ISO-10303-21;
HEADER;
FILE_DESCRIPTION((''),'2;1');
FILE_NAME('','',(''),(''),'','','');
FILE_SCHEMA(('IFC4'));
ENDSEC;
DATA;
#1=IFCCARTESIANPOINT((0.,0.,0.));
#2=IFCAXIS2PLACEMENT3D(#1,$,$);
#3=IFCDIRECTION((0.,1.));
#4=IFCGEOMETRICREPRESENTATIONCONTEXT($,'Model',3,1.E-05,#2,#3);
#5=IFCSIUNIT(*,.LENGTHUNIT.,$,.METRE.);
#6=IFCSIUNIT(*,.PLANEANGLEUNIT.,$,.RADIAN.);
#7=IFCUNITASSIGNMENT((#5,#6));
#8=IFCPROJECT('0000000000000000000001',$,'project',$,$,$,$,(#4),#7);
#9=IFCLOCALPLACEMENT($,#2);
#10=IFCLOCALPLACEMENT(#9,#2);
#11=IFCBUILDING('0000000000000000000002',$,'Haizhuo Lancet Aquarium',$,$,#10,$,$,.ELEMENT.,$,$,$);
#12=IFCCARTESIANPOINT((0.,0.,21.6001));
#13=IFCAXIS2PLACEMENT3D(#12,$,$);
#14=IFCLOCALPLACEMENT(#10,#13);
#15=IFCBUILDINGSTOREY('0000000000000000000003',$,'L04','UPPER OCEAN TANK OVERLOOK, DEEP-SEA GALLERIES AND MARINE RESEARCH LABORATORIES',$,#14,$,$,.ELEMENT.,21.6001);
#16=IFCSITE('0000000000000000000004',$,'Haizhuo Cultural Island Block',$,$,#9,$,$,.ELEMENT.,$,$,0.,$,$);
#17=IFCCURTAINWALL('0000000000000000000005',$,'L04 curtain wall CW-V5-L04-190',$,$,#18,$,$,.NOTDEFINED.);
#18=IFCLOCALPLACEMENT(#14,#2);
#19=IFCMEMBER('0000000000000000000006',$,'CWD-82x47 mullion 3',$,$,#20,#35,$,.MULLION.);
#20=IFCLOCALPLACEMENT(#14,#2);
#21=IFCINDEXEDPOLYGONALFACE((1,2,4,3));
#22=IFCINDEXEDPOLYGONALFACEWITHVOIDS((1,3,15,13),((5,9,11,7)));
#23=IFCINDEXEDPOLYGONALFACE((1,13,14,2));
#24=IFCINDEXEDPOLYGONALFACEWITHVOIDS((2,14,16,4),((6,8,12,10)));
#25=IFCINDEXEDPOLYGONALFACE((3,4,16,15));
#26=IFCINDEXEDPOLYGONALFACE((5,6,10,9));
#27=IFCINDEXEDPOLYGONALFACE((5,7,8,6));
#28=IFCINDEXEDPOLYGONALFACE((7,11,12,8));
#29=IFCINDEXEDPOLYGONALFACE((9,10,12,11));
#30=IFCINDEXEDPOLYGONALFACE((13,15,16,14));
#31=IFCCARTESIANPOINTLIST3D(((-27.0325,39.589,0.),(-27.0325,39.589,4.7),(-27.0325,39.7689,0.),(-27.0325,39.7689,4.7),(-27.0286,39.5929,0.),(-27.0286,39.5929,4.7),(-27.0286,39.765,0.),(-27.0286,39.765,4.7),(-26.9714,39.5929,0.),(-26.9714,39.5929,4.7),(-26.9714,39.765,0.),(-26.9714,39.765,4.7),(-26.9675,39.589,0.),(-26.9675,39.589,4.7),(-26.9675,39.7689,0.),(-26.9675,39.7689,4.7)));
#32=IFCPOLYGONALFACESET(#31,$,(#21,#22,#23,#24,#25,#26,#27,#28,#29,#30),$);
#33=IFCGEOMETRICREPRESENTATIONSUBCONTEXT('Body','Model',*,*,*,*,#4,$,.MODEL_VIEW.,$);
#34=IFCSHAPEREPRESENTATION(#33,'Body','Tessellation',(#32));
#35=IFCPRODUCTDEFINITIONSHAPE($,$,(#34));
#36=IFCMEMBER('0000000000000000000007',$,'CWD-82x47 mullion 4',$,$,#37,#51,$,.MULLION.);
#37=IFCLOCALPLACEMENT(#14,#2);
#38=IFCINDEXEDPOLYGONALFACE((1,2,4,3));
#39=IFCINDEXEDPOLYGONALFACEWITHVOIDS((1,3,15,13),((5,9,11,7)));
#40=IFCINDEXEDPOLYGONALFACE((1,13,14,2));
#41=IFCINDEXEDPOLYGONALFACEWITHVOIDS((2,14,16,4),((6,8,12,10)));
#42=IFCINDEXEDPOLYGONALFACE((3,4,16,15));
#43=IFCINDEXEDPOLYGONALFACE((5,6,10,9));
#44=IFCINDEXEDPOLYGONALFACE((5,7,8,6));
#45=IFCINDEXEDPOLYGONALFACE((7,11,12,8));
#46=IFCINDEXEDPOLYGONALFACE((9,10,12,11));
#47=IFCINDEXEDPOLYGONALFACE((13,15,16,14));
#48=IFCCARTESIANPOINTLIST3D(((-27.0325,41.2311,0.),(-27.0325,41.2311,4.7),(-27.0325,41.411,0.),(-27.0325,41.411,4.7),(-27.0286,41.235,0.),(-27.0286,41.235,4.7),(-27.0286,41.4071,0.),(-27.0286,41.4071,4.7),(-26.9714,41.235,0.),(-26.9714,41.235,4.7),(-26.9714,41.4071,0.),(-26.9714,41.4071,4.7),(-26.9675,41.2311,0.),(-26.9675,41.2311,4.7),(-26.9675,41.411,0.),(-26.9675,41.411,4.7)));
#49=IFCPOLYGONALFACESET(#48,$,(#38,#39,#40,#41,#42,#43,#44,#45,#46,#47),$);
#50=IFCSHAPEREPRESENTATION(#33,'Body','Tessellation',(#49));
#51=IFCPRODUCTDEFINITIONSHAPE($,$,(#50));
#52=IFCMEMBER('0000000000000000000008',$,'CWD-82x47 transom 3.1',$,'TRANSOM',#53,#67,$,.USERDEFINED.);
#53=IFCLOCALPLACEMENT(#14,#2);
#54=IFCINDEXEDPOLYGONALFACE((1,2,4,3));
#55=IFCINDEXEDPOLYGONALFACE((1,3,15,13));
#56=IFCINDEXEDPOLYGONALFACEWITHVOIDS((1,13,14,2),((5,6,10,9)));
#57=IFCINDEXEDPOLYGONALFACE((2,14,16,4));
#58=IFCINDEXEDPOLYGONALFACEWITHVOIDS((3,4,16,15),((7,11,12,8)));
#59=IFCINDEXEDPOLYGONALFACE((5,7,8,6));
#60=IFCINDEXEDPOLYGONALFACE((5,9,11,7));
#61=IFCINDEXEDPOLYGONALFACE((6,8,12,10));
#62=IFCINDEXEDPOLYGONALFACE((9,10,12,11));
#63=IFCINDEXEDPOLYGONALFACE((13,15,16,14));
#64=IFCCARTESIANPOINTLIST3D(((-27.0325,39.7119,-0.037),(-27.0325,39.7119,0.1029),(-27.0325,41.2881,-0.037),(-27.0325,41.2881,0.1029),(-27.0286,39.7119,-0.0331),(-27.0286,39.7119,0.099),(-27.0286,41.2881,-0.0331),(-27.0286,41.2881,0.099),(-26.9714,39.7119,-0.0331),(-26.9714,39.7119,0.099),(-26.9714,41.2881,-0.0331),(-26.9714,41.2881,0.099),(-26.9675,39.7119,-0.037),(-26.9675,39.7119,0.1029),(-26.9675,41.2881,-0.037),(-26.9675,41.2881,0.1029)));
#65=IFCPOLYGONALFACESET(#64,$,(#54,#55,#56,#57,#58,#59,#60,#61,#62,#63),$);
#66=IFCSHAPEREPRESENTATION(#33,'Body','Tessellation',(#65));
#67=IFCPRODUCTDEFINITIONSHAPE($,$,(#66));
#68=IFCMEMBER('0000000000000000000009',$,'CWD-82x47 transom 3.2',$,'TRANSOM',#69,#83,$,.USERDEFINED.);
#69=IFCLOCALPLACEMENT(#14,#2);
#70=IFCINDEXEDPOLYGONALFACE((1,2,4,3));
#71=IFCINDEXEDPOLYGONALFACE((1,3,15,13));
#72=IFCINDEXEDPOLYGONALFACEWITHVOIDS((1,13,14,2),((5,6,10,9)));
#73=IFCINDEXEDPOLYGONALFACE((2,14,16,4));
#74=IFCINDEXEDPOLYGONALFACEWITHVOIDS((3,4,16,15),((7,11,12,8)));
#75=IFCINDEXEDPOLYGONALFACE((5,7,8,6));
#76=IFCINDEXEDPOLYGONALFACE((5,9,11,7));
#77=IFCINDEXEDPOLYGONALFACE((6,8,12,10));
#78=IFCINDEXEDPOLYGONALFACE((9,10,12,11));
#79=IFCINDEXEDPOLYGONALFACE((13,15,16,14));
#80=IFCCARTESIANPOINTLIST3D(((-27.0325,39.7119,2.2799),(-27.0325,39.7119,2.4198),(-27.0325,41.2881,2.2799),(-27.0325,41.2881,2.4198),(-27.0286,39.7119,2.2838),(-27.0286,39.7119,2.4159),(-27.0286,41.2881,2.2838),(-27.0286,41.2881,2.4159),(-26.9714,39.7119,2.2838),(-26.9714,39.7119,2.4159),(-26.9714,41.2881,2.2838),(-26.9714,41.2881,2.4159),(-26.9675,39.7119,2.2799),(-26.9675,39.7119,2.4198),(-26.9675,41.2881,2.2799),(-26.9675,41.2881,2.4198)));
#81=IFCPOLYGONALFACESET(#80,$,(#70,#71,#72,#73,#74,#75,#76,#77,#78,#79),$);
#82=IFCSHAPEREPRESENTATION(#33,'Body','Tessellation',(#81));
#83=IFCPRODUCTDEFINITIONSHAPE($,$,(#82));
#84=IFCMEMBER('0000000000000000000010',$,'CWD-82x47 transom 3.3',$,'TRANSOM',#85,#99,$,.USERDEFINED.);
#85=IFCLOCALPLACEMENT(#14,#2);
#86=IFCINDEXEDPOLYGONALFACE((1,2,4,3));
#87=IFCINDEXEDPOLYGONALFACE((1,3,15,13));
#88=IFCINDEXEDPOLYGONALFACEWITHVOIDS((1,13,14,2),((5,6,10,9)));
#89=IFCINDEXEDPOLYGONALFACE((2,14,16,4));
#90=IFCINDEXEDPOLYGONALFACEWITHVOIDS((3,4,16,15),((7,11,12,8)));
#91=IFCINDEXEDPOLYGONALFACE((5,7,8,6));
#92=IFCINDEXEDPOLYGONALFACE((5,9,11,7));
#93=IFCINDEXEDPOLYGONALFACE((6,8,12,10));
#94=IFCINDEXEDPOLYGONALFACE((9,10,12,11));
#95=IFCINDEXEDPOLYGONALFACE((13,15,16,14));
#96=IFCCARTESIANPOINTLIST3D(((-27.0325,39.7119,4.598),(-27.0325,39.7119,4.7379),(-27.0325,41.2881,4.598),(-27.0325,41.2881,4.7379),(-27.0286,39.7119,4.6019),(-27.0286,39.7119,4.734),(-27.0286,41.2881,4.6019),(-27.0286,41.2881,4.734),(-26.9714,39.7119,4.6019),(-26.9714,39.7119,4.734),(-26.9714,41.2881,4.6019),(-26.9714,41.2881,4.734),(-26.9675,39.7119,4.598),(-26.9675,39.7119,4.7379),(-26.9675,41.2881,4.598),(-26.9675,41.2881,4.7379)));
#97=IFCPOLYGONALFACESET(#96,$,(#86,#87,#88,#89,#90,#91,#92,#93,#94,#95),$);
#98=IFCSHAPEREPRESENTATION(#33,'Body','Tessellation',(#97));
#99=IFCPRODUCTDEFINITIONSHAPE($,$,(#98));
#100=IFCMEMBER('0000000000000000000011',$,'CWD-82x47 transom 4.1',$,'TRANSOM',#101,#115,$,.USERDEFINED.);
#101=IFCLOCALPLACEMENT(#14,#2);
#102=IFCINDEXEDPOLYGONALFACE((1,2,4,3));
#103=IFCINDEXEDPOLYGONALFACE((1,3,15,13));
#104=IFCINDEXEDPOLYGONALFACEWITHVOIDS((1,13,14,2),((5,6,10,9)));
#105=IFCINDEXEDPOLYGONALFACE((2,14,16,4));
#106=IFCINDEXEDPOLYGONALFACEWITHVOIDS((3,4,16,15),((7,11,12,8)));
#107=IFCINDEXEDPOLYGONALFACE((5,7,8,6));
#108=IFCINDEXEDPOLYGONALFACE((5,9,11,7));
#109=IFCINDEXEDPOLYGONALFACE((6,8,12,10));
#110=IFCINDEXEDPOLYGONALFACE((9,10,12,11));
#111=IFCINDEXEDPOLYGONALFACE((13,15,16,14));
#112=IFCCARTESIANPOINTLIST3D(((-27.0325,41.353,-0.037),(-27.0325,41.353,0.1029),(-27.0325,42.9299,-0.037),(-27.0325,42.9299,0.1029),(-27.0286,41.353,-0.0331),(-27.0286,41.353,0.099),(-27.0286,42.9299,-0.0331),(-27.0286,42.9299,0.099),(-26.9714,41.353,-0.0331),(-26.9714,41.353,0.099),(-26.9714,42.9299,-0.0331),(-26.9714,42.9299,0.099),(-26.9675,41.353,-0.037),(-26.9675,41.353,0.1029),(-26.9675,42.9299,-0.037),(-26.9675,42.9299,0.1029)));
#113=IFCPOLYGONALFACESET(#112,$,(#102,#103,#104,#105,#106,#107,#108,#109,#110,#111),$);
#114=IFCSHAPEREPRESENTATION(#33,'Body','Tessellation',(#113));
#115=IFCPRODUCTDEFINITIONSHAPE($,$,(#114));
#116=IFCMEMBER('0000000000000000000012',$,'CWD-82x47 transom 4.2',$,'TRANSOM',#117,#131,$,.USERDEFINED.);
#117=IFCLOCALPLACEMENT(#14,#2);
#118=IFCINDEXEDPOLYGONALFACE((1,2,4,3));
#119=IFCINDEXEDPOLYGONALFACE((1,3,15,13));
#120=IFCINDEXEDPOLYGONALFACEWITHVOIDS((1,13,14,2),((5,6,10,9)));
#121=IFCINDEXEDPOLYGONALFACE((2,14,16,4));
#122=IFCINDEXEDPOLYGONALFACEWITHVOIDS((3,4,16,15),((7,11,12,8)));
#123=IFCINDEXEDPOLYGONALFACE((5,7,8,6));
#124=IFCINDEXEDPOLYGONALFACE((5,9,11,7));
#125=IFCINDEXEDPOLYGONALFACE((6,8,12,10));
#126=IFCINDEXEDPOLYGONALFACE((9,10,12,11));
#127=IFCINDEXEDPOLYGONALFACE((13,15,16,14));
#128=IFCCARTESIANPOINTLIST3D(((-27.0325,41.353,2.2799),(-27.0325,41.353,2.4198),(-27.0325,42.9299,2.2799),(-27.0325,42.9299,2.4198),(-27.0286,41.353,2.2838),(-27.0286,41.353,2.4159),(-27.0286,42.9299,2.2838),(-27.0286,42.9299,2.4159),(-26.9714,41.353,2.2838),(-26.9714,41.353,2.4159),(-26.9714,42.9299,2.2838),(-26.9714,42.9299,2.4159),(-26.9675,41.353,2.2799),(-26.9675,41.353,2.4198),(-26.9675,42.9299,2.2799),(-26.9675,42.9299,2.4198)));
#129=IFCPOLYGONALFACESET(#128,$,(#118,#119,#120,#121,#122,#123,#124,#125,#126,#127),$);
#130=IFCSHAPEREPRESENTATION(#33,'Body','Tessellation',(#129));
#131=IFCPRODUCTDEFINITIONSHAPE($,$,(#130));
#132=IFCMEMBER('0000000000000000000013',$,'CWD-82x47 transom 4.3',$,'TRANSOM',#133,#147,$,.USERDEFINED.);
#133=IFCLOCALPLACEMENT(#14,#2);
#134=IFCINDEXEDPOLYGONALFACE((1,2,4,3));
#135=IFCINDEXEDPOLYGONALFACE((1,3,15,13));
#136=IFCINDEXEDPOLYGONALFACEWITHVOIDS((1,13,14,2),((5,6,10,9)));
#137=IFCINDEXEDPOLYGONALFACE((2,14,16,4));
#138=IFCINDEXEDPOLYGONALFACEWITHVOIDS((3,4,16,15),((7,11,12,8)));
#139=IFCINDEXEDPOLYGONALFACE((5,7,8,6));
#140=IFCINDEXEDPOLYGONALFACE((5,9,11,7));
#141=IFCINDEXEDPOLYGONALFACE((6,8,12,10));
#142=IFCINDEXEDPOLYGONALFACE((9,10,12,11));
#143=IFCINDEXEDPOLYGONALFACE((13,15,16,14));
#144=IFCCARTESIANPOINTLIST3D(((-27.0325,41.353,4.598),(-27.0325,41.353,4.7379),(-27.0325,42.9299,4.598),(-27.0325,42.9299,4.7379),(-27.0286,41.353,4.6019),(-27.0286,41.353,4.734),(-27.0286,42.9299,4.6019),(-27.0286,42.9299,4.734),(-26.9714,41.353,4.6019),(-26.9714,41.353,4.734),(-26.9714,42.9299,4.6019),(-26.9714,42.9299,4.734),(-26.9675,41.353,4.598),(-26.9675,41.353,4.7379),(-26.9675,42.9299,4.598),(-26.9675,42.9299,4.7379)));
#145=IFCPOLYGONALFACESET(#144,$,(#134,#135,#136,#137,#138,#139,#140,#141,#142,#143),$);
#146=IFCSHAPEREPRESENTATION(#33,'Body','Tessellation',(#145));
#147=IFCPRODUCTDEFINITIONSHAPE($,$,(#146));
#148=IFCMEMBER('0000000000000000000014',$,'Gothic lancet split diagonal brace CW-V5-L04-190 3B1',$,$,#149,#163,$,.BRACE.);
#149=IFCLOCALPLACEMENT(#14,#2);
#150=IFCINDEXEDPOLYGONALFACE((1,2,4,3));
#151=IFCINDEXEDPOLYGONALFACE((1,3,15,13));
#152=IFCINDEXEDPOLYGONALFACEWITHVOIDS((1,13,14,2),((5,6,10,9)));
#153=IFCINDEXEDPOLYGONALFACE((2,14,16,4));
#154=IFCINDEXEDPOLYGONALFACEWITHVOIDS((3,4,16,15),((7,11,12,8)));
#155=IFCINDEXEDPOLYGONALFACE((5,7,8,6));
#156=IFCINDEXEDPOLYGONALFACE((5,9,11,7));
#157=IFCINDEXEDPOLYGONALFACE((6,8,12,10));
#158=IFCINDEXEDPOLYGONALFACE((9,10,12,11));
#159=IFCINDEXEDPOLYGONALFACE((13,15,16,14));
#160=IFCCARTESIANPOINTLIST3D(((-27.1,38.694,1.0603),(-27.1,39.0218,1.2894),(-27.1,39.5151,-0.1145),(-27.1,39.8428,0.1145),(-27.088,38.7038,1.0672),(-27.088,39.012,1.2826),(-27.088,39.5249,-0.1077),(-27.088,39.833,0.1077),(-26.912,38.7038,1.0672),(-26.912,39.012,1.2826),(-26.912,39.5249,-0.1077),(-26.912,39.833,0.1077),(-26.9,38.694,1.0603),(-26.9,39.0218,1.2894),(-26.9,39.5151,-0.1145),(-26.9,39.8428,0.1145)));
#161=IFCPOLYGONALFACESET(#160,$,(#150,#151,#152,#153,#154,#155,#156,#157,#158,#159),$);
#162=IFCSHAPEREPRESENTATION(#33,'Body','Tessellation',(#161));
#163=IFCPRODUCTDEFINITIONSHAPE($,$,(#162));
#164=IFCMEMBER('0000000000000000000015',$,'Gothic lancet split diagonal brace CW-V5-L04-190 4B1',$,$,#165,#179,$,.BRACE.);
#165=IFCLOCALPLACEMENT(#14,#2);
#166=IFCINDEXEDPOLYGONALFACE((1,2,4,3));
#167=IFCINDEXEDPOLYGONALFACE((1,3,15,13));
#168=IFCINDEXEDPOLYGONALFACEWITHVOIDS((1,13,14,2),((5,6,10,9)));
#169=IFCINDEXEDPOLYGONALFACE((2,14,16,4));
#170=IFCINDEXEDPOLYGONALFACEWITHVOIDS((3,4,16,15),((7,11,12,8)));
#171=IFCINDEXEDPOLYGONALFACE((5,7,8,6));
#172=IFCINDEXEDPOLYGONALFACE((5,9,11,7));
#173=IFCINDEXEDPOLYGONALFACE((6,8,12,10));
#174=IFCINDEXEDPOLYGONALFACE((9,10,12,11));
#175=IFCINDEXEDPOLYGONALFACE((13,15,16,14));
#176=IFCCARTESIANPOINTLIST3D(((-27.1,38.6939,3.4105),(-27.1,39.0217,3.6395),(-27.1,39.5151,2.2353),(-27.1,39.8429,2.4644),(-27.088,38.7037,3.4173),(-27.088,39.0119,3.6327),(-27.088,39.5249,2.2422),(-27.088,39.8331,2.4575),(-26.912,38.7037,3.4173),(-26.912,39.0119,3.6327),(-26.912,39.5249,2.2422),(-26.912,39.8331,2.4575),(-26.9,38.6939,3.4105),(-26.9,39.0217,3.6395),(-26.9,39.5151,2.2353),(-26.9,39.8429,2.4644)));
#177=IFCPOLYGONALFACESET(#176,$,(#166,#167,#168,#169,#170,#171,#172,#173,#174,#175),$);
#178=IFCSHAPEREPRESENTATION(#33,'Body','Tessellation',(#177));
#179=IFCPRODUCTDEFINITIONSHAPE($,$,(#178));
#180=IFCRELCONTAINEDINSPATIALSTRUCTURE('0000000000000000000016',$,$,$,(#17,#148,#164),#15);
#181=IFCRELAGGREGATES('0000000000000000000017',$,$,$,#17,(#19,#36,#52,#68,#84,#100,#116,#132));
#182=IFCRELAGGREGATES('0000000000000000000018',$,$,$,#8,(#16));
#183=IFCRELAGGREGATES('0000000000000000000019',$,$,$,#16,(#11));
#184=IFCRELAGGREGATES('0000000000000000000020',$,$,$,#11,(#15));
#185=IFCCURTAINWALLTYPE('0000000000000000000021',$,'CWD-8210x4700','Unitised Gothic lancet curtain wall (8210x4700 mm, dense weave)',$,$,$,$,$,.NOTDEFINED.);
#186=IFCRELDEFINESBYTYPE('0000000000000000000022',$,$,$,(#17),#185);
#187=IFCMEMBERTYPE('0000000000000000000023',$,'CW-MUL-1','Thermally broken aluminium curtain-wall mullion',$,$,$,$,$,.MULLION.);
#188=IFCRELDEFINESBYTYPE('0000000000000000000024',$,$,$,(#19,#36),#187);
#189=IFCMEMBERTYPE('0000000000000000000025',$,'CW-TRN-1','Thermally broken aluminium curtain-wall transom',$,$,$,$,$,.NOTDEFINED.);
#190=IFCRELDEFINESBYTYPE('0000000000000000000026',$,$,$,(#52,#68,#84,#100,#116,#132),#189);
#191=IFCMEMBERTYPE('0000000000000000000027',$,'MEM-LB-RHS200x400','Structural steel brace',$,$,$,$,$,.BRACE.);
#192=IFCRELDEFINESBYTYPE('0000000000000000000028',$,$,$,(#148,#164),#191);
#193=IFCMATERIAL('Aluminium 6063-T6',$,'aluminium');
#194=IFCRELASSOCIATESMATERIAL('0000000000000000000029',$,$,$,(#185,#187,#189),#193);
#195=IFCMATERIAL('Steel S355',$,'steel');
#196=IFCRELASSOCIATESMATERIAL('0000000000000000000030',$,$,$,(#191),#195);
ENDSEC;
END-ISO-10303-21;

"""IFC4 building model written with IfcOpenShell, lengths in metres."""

from ifc_helpers import new_model, si_unit, direction, frame, origin, origin_2d, place, context, subcontext, project, spatial, hollow_rectangle, extrude, material, material_profile, profile_set, type_object, element, aggregate, save


model = new_model("IFC4")

# Units and contexts
model_context = context("Model", 3, precision=1e-05, world=origin(), true_north=direction((0.0, 1.0)))
body_context = subcontext(model_context, "Body", "Model", "MODEL_VIEW")
ifc_project = project(units=[si_unit("LENGTHUNIT", "METRE"), si_unit("PLANEANGLEUNIT", "RADIAN")], contexts=[model_context])

# Site, building, storey
site_placement = place(None, origin())
site = spatial("IfcSite", under=ifc_project, at=site_placement, Name="Haizhuo Cultural Island Block", CompositionType="ELEMENT", RefElevation=0.0)
building_placement = place(site_placement, origin())
building = spatial("IfcBuilding", under=site, at=building_placement, Name="Haizhuo Lancet Aquarium", CompositionType="ELEMENT")
storey_placement = place(building_placement, frame((0.0, 0.0, 21.6001)))
storey = spatial("IfcBuildingStorey", under=building, at=storey_placement, Name="L04", Description="UPPER OCEAN TANK OVERLOOK, DEEP-SEA GALLERIES AND MARINE RESEARCH LABORATORIES", CompositionType="ELEMENT", Elevation=21.6001)

# Curtain wall, members
ifc_material_1 = material(Name="Aluminium 6063-T6", Category="aluminium")
curtain_wall_type = type_object("IfcCurtainWallType", Name="CWD-8210x4700", Description="Unitised Gothic lancet curtain wall (8210x4700 mm, dense weave)", PredefinedType="NOTDEFINED", material=ifc_material_1)
curtain_wall_placement = place(storey_placement, origin())
curtain_wall = element("IfcCurtainWall", 1, at=curtain_wall_placement, inside=storey, type_object=curtain_wall_type, Name="L04 curtain wall CW-V5-L04-190", PredefinedType="NOTDEFINED")
ifc_material_profile_1 = material_profile(ifc_material_1, hollow_rectangle(XDim=0.0649, YDim=0.1799, WallThickness=0.0039, at=origin_2d()), Name="ALU-M 65x180x4")
ifc_profile_set_1 = profile_set([ifc_material_profile_1], Name="Aluminium 6063-T6")
member_type_1 = type_object("IfcMemberType", Name="CW-MUL-1", Description="Thermally broken aluminium curtain-wall mullion", PredefinedType="MULLION", material=ifc_profile_set_1)
member_1_placement = place(storey_placement, frame((-27.0, 39.679, 0.0), z_axis=(0.0, 0.0, 1.0), x_axis=(-1.0, 0.0, 0.0)))
member_1 = element("IfcMember", 2, at=member_1_placement, type_object=member_type_1, Name="CWD-82x47 mullion 3", PredefinedType="MULLION", context=body_context, shape_type="SweptSolid", body=[
    extrude(hollow_rectangle(XDim=0.0649, YDim=0.1799, WallThickness=0.0039, at=origin_2d()), origin(), (0.0, 0.0, 1.0), 4.7),
])
member_2_placement = place(storey_placement, frame((-27.0, 41.321, 0.0), z_axis=(0.0, 0.0, 1.0), x_axis=(-1.0, 0.0, 0.0)))
member_2 = element("IfcMember", 3, at=member_2_placement, type_object=member_type_1, Name="CWD-82x47 mullion 4", PredefinedType="MULLION", context=body_context, shape_type="SweptSolid", body=[
    extrude(hollow_rectangle(XDim=0.0649, YDim=0.1799, WallThickness=0.0039, at=origin_2d()), origin(), (0.0, 0.0, 1.0), 4.7),
])
ifc_material_profile_2 = material_profile(ifc_material_1, hollow_rectangle(XDim=0.0649, YDim=0.1399, WallThickness=0.0039, at=origin_2d()), Name="ALU-T 65x140x4")
ifc_profile_set_2 = profile_set([ifc_material_profile_2], Name="Aluminium 6063-T6")
member_type_2 = type_object("IfcMemberType", Name="CW-TRN-1", Description="Thermally broken aluminium curtain-wall transom", PredefinedType="NOTDEFINED", material=ifc_profile_set_2)
member_3_placement = place(storey_placement, frame((-27.0, 39.7119, 0.033), z_axis=(0.0, 1.0, 0.0), x_axis=(-1.0, 0.0, 0.0)))
member_3 = element("IfcMember", 4, at=member_3_placement, type_object=member_type_2, Name="CWD-82x47 transom 3.1", ObjectType="TRANSOM", PredefinedType="USERDEFINED", context=body_context, shape_type="SweptSolid", body=[
    extrude(hollow_rectangle(XDim=0.0649, YDim=0.1399, WallThickness=0.0039, at=origin_2d()), origin(), (0.0, 0.0, 1.0), 1.5762),
])
member_4_placement = place(storey_placement, frame((-27.0, 39.7119, 2.3499), z_axis=(0.0, 1.0, 0.0), x_axis=(-1.0, 0.0, 0.0)))
member_4 = element("IfcMember", 5, at=member_4_placement, type_object=member_type_2, Name="CWD-82x47 transom 3.2", ObjectType="TRANSOM", PredefinedType="USERDEFINED", context=body_context, shape_type="SweptSolid", body=[
    extrude(hollow_rectangle(XDim=0.0649, YDim=0.1399, WallThickness=0.0039, at=origin_2d()), origin(), (0.0, 0.0, 1.0), 1.5762),
])
member_5_placement = place(storey_placement, frame((-27.0, 39.7119, 4.668), z_axis=(0.0, 1.0, 0.0), x_axis=(-1.0, 0.0, 0.0)))
member_5 = element("IfcMember", 6, at=member_5_placement, type_object=member_type_2, Name="CWD-82x47 transom 3.3", ObjectType="TRANSOM", PredefinedType="USERDEFINED", context=body_context, shape_type="SweptSolid", body=[
    extrude(hollow_rectangle(XDim=0.0649, YDim=0.1399, WallThickness=0.0039, at=origin_2d()), origin(), (0.0, 0.0, 1.0), 1.5762),
])
member_6_placement = place(storey_placement, frame((-27.0, 41.353, 0.033), z_axis=(0.0, 1.0, 0.0), x_axis=(-1.0, 0.0, 0.0)))
member_6 = element("IfcMember", 7, at=member_6_placement, type_object=member_type_2, Name="CWD-82x47 transom 4.1", ObjectType="TRANSOM", PredefinedType="USERDEFINED", context=body_context, shape_type="SweptSolid", body=[
    extrude(hollow_rectangle(XDim=0.0649, YDim=0.1399, WallThickness=0.0039, at=origin_2d()), origin(), (0.0, 0.0, 1.0), 1.5769),
])
member_7_placement = place(storey_placement, frame((-27.0, 41.353, 2.3499), z_axis=(0.0, 1.0, 0.0), x_axis=(-1.0, 0.0, 0.0)))
member_7 = element("IfcMember", 8, at=member_7_placement, type_object=member_type_2, Name="CWD-82x47 transom 4.2", ObjectType="TRANSOM", PredefinedType="USERDEFINED", context=body_context, shape_type="SweptSolid", body=[
    extrude(hollow_rectangle(XDim=0.0649, YDim=0.1399, WallThickness=0.0039, at=origin_2d()), origin(), (0.0, 0.0, 1.0), 1.5769),
])
member_8_placement = place(storey_placement, frame((-27.0, 41.353, 4.668), z_axis=(0.0, 1.0, 0.0), x_axis=(-1.0, 0.0, 0.0)))
member_8 = element("IfcMember", 9, at=member_8_placement, type_object=member_type_2, Name="CWD-82x47 transom 4.3", ObjectType="TRANSOM", PredefinedType="USERDEFINED", context=body_context, shape_type="SweptSolid", body=[
    extrude(hollow_rectangle(XDim=0.0649, YDim=0.1399, WallThickness=0.0039, at=origin_2d()), origin(), (0.0, 0.0, 1.0), 1.5769),
])

# Members
ifc_material_2 = material(Name="Steel S355", Category="steel")
ifc_material_profile_3 = material_profile(ifc_material_2, hollow_rectangle(XDim=0.2, YDim=0.3999, WallThickness=0.012, at=origin_2d()), Name="RHS 200x400x12")
ifc_profile_set_3 = profile_set([ifc_material_profile_3], Name="Steel S355")
member_type_3 = type_object("IfcMemberType", Name="MEM-LB-RHS200x400", Description="Structural steel brace", PredefinedType="BRACE", material=ifc_profile_set_3)
member_9_placement = place(storey_placement, frame((-27.0, 39.679, 0.0), z_axis=(0.0, -0.572845, 0.819664), x_axis=(1.0, 0.0, 0.0)))
element("IfcMember", 10, at=member_9_placement, inside=storey, type_object=member_type_3, Name="Gothic lancet split diagonal brace CW-V5-L04-190 3B1", PredefinedType="BRACE", context=body_context, shape_type="SweptSolid", body=[
    extrude(hollow_rectangle(XDim=0.2, YDim=0.3999, WallThickness=0.012, at=origin_2d()), origin(), (0.0, 0.0, 1.0), 1.4333),
])
member_10_placement = place(storey_placement, frame((-27.0, 39.679, 2.3499), z_axis=(0.0, -0.572765, 0.81972), x_axis=(1.0, 0.0, 0.0)))
element("IfcMember", 11, at=member_10_placement, inside=storey, type_object=member_type_3, Name="Gothic lancet split diagonal brace CW-V5-L04-190 4B1", PredefinedType="BRACE", context=body_context, shape_type="SweptSolid", body=[
    extrude(hollow_rectangle(XDim=0.2, YDim=0.3999, WallThickness=0.012, at=origin_2d()), origin(), (0.0, 0.0, 1.0), 1.4336),
])

aggregate(curtain_wall, [member_1, member_2, member_3, member_4, member_5, member_6, member_7, member_8])

save(model, "model.ifc")
